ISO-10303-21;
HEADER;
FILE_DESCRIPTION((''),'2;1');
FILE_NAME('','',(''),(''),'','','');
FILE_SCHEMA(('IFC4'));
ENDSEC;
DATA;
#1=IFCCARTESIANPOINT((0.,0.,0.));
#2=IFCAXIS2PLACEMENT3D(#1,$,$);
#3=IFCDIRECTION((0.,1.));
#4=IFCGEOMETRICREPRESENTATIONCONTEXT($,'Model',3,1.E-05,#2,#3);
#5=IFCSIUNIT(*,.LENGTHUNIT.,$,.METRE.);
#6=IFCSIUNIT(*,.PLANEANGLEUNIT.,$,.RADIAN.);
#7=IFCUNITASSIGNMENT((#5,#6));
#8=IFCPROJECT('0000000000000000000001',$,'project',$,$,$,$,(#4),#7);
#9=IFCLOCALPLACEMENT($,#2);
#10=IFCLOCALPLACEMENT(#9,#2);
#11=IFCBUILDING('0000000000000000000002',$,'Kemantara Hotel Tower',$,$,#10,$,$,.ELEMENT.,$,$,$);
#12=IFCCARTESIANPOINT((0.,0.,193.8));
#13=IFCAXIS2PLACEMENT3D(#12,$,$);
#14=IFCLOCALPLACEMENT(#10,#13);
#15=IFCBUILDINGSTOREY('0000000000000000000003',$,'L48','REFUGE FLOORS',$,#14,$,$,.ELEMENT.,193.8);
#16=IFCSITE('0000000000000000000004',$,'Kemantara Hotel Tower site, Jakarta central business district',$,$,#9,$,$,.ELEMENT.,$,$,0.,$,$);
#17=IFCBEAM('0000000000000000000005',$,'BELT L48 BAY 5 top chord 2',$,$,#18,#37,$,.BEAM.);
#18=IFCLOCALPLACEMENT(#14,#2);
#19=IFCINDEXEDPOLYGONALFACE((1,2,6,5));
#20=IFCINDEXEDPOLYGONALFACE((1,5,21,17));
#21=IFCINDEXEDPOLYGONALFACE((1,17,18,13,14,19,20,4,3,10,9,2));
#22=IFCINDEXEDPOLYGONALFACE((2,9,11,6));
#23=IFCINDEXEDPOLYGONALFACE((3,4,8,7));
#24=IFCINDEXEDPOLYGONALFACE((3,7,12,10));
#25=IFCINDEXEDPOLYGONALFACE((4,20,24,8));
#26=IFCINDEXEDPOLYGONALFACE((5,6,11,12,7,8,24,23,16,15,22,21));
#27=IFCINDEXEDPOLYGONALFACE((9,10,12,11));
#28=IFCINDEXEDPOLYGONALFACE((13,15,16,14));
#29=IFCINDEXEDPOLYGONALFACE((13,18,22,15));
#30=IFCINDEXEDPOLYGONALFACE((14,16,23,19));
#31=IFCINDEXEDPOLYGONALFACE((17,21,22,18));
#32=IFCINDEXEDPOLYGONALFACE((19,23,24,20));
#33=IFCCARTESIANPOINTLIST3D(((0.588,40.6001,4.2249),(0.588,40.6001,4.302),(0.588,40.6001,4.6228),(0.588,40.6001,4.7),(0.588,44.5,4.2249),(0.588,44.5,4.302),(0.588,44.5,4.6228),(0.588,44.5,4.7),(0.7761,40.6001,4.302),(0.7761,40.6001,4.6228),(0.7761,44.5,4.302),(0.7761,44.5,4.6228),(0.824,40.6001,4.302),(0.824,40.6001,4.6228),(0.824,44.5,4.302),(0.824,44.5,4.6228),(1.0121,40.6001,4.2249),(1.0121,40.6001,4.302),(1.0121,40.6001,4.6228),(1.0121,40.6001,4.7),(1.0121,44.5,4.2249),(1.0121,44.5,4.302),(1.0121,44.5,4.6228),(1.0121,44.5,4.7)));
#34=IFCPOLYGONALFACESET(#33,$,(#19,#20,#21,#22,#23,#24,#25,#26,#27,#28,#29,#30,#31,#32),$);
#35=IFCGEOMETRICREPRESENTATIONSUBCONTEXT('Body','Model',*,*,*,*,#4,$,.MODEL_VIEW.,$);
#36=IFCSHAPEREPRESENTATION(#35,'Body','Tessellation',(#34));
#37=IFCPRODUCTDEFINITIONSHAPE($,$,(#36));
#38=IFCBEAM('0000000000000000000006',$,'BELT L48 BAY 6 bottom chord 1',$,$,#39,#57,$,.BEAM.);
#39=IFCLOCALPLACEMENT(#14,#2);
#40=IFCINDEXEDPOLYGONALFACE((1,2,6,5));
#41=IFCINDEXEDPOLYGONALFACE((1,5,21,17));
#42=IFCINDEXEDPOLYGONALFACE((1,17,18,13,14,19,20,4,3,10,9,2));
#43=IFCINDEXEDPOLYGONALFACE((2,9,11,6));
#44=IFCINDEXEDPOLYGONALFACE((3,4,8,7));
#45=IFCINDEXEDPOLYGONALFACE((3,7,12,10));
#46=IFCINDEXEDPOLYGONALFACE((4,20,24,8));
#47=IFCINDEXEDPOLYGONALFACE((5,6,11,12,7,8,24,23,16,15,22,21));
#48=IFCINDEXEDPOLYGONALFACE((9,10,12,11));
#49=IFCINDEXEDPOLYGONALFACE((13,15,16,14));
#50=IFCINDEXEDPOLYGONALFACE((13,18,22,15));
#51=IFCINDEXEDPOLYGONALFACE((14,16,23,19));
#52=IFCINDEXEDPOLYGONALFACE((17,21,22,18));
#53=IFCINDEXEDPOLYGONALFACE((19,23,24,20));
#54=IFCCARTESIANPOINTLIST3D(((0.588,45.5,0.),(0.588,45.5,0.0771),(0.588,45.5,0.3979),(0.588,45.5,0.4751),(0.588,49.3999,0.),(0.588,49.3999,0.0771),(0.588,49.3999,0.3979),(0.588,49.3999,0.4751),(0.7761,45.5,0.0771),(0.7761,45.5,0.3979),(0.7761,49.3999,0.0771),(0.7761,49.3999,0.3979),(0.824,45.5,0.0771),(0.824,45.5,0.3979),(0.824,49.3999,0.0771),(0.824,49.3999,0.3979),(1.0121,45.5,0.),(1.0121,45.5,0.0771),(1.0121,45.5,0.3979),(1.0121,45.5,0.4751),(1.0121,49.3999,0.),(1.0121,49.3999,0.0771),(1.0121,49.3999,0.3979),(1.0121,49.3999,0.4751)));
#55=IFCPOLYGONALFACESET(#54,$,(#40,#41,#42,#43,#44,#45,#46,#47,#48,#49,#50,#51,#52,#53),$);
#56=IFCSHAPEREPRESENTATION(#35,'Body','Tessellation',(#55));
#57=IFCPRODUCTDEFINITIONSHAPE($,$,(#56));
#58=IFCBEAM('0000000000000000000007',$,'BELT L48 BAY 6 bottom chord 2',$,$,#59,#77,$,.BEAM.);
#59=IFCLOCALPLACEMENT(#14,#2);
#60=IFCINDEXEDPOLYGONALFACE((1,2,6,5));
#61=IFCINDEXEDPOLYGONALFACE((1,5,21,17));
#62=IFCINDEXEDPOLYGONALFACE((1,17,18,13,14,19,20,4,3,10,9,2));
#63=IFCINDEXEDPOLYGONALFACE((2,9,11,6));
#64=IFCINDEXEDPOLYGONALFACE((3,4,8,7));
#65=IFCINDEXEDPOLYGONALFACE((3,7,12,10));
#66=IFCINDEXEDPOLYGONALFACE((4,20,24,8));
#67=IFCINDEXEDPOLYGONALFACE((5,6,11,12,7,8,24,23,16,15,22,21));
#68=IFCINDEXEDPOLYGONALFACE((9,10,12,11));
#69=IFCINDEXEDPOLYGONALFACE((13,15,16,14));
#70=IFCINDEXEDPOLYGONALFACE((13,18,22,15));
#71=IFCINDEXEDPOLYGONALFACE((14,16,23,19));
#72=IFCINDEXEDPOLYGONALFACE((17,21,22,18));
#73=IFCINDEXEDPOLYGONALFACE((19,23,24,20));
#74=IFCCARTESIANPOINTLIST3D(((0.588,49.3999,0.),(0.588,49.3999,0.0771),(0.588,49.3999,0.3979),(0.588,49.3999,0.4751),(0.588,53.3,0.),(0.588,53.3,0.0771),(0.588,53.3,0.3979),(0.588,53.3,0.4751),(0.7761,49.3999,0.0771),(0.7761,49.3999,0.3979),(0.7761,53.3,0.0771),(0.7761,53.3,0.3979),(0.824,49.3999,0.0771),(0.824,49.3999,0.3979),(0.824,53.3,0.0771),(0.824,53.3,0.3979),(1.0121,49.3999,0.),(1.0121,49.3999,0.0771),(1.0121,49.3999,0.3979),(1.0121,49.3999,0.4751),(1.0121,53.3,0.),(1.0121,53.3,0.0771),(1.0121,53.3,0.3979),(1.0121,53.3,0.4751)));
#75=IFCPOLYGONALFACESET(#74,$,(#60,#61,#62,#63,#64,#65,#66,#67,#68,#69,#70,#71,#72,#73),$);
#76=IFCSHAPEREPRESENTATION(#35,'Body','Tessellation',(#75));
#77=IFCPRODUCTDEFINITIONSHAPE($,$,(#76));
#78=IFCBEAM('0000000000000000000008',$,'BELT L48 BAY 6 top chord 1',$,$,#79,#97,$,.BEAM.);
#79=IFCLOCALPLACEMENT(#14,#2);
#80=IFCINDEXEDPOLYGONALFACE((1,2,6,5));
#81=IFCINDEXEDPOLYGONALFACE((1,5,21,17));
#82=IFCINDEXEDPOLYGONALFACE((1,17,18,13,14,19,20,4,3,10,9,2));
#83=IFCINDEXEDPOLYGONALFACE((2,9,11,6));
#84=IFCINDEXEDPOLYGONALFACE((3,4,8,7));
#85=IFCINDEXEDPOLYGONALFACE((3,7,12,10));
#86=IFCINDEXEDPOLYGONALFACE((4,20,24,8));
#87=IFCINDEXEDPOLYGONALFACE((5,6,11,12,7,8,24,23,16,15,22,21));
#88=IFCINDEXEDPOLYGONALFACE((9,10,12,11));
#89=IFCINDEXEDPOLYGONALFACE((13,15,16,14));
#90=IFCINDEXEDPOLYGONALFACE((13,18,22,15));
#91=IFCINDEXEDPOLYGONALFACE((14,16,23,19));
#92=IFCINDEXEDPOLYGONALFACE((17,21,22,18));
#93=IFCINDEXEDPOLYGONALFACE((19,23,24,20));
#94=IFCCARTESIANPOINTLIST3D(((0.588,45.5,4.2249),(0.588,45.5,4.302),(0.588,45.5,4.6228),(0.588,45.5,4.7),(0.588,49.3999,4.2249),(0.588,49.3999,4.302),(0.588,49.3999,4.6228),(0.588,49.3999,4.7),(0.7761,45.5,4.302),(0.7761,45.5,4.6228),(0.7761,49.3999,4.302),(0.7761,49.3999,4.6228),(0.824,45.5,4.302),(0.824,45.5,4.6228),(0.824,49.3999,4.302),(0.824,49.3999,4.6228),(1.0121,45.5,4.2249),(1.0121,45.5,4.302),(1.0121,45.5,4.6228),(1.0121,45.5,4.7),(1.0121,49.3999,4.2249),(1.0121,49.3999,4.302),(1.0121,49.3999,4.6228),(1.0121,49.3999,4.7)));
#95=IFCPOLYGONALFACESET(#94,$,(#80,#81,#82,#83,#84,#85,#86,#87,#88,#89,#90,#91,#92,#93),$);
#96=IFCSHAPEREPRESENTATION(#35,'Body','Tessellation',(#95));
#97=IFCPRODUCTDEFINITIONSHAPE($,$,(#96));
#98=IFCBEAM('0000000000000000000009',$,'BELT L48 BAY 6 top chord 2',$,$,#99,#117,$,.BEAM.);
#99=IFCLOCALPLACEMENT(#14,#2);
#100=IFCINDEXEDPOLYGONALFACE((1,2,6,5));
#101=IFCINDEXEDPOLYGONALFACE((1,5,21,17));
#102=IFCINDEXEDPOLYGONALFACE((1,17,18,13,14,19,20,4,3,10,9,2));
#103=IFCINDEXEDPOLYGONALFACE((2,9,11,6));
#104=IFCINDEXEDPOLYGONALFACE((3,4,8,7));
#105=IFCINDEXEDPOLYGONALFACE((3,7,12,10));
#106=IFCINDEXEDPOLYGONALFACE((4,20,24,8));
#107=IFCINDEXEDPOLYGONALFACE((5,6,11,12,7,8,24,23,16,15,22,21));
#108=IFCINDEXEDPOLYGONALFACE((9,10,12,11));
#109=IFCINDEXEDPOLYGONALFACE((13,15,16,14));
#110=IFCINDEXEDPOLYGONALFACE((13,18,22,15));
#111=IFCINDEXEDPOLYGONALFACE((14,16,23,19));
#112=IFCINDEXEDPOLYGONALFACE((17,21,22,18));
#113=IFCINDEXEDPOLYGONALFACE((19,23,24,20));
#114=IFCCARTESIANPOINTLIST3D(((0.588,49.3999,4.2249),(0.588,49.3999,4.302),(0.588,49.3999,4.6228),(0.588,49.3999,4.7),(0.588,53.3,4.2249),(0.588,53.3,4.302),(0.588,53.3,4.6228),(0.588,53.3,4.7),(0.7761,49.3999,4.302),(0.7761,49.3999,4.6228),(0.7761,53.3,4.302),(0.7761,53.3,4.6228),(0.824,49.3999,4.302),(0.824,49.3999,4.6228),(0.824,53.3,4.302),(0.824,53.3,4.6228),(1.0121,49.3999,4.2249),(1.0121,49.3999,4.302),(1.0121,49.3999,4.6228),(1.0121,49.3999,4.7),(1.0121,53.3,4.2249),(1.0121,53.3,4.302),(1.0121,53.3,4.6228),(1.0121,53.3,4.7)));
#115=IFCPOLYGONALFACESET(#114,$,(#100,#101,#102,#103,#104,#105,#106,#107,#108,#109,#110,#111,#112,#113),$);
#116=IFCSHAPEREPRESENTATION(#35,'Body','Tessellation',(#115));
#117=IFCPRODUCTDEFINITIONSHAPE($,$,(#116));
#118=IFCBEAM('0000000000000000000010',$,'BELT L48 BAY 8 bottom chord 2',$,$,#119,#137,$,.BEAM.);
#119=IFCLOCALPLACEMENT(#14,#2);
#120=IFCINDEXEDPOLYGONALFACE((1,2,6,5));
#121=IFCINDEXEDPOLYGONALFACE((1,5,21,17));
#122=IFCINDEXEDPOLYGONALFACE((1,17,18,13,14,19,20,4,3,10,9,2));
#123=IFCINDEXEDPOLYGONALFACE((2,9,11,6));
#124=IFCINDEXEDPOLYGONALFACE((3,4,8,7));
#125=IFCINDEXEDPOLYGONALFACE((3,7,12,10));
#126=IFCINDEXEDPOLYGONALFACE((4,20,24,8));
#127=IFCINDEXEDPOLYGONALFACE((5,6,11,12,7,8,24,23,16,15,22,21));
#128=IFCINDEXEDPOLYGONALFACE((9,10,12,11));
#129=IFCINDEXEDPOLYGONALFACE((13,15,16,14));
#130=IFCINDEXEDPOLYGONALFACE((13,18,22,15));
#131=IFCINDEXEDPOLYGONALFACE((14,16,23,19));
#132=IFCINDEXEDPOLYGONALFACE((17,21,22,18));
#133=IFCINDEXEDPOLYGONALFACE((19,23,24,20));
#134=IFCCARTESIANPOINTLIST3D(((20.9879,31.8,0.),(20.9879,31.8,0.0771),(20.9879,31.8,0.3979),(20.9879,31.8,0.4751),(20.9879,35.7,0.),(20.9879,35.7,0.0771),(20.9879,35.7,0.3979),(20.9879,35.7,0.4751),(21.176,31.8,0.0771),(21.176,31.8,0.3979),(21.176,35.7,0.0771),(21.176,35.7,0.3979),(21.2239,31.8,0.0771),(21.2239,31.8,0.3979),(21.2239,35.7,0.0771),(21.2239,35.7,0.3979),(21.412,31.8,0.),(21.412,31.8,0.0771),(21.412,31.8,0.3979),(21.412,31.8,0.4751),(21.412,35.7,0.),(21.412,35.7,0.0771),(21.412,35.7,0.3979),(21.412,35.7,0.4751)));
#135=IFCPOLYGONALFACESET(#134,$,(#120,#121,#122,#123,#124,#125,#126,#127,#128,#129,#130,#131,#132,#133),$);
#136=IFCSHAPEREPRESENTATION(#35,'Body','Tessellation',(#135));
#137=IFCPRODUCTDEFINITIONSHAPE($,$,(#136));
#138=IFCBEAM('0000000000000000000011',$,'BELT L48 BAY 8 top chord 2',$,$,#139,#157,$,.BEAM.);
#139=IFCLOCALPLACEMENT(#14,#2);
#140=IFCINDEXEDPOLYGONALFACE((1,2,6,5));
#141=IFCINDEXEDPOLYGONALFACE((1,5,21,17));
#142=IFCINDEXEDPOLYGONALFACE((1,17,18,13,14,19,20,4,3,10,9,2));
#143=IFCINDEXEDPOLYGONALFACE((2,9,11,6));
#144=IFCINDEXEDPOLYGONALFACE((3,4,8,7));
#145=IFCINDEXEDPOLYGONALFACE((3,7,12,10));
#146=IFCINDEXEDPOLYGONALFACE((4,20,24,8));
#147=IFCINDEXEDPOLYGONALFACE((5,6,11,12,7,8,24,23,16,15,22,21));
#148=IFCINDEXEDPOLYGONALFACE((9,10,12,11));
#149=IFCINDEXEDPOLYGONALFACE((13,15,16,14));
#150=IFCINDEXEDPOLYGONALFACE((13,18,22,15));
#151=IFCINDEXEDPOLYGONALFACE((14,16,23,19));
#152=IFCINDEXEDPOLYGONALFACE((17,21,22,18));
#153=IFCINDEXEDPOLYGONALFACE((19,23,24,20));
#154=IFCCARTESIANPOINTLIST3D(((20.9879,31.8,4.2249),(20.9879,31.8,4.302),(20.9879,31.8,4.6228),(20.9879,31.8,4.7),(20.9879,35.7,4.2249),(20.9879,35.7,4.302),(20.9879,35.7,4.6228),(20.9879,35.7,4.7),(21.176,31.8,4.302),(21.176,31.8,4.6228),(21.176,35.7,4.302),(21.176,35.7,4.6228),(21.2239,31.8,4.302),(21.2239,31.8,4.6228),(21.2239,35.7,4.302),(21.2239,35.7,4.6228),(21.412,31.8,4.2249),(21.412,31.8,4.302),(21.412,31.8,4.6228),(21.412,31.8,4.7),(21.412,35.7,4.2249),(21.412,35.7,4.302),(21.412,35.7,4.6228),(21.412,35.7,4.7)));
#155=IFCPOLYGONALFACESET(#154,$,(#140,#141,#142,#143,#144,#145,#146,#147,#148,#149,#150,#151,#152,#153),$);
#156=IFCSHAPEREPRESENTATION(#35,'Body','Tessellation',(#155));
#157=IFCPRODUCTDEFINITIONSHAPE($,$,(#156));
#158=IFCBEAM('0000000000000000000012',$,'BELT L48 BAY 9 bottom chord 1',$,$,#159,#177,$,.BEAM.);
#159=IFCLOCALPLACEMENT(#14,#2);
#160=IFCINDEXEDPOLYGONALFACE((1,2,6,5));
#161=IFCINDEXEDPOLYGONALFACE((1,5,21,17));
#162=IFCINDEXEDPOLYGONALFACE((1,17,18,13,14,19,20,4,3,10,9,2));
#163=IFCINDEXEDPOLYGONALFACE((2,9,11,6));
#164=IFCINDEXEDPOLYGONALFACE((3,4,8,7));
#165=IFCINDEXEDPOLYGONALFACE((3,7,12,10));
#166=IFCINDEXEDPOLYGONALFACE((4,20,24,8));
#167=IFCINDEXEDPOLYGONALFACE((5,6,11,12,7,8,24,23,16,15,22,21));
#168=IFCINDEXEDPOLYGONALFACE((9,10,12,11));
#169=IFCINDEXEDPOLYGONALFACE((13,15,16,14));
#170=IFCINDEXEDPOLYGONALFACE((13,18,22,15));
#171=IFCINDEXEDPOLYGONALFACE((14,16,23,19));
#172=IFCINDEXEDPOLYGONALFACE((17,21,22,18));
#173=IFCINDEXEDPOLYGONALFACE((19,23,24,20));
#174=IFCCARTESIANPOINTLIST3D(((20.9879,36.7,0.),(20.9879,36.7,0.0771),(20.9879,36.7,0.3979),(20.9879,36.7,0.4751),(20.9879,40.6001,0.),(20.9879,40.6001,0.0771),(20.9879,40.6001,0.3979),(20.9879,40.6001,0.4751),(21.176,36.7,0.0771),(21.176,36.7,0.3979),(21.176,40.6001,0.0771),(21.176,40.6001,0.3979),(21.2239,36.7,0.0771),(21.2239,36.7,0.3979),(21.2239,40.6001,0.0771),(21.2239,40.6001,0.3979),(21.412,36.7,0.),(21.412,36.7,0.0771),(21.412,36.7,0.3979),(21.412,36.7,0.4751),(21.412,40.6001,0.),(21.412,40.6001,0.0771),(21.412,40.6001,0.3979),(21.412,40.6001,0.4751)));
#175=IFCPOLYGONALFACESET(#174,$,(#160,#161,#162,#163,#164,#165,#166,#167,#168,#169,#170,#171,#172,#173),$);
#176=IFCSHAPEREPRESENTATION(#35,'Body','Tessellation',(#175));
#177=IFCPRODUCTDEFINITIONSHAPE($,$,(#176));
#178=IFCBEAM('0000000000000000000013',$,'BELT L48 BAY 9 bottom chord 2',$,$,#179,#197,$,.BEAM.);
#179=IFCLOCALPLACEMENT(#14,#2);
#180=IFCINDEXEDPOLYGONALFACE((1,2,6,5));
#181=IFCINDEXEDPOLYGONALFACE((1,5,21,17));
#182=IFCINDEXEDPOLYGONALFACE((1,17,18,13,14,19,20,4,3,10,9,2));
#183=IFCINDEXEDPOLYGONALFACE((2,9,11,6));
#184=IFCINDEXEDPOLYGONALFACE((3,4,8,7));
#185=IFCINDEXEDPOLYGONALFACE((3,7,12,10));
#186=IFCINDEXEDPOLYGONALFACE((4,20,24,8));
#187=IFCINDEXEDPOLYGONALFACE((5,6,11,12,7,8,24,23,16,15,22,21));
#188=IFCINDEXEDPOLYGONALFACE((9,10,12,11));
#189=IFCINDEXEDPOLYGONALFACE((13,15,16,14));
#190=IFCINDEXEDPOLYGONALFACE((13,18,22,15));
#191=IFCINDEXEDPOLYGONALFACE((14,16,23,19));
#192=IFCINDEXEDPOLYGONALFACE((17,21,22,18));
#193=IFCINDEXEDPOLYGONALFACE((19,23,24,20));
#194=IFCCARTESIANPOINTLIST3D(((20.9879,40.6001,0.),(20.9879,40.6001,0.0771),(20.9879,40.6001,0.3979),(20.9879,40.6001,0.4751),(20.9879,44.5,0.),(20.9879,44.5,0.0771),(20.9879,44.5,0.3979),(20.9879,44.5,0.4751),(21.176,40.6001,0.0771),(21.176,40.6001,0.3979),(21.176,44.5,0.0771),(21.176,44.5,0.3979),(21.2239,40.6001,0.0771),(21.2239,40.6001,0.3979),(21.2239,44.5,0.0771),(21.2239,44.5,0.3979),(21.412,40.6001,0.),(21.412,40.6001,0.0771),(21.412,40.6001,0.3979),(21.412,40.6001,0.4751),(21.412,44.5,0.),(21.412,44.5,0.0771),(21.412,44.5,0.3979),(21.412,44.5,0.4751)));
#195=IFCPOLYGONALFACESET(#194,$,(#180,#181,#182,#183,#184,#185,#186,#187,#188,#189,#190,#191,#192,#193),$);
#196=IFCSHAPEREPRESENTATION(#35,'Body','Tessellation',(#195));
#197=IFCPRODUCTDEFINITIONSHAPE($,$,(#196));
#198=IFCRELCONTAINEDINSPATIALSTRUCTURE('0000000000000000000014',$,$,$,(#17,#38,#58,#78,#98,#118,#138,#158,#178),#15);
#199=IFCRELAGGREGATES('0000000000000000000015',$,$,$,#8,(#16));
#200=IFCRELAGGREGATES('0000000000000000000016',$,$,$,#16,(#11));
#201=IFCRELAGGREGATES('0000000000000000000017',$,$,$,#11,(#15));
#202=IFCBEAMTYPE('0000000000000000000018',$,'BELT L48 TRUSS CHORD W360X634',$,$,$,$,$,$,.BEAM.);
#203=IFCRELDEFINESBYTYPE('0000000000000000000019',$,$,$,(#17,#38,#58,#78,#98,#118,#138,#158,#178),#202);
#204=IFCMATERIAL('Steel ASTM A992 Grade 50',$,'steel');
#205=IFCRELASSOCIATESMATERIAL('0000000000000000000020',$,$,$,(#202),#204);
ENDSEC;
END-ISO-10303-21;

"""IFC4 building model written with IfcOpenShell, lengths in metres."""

from ifc_helpers import new_model, si_unit, direction, frame, origin, origin_2d, place, context, subcontext, project, spatial, i_section, extrude, material, material_profile, profile_set, type_object, element, save


model = new_model("IFC4")

# Units and contexts
model_context = context("Model", 3, precision=1e-05, world=origin(), true_north=direction((0.0, 1.0)))
body_context = subcontext(model_context, "Body", "Model", "MODEL_VIEW")
ifc_project = project(units=[si_unit("LENGTHUNIT", "METRE"), si_unit("PLANEANGLEUNIT", "RADIAN")], contexts=[model_context])

# Site, building, storey
site_placement = place(None, origin())
site = spatial("IfcSite", under=ifc_project, at=site_placement, Name="Kemantara Hotel Tower site, Jakarta central business district", CompositionType="ELEMENT", RefElevation=0.0)
building_placement = place(site_placement, origin())
building = spatial("IfcBuilding", under=site, at=building_placement, Name="Kemantara Hotel Tower", CompositionType="ELEMENT")
storey_placement = place(building_placement, frame((0.0, 0.0, 193.8)))
storey = spatial("IfcBuildingStorey", under=building, at=storey_placement, Name="L48", Description="REFUGE FLOORS", CompositionType="ELEMENT", Elevation=193.8)

# Beams
ifc_material_1 = material(Name="Steel ASTM A992 Grade 50", Category="steel")
ifc_material_profile_1 = material_profile(ifc_material_1, i_section(OverallWidth=0.4241, OverallDepth=0.4751, WebThickness=0.0479, FlangeThickness=0.0771, at=origin_2d()), Name="W360X634")
ifc_profile_set_1 = profile_set([ifc_material_profile_1], Name="Steel ASTM A992 Grade 50")
beam_type = type_object("IfcBeamType", Name="BELT L48 TRUSS CHORD W360X634", PredefinedType="BEAM", material=ifc_profile_set_1)
for number, where, z_axis, x_axis, name in (
    (1, (0.8, 40.6001, 4.4624), (0.0, 1.0, 0.0), (-1.0, 0.0, 0.0), "BELT L48 BAY 5 top chord 2"),
    (2, (0.8, 45.5, 0.2375), (0.0, 1.0, 0.0), (-1.0, 0.0, 0.0), "BELT L48 BAY 6 bottom chord 1"),
):
    element("IfcBeam", number, at=place(storey_placement, frame(where, z_axis=z_axis, x_axis=x_axis)), inside=storey, type_object=beam_type, Name=name, PredefinedType="BEAM", context=body_context, shape_type="SweptSolid", body=[
        extrude(i_section(OverallWidth=0.4241, OverallDepth=0.4751, WebThickness=0.0479, FlangeThickness=0.0771, at=origin_2d()), origin(), (0.0, 0.0, 1.0), 3.8999),
    ])
beam_1_placement = place(storey_placement, frame((0.8, 49.3999, 0.2375), z_axis=(0.0, 1.0, 0.0), x_axis=(-1.0, 0.0, 0.0)))
element("IfcBeam", 3, at=beam_1_placement, inside=storey, type_object=beam_type, Name="BELT L48 BAY 6 bottom chord 2", PredefinedType="BEAM", context=body_context, shape_type="SweptSolid", body=[
    extrude(i_section(OverallWidth=0.4241, OverallDepth=0.4751, WebThickness=0.0479, FlangeThickness=0.0771, at=origin_2d()), origin(), (0.0, 0.0, 1.0), 3.9001),
])
beam_2_placement = place(storey_placement, frame((0.8, 45.5, 4.4624), z_axis=(0.0, 1.0, 0.0), x_axis=(-1.0, 0.0, 0.0)))
element("IfcBeam", 4, at=beam_2_placement, inside=storey, type_object=beam_type, Name="BELT L48 BAY 6 top chord 1", PredefinedType="BEAM", context=body_context, shape_type="SweptSolid", body=[
    extrude(i_section(OverallWidth=0.4241, OverallDepth=0.4751, WebThickness=0.0479, FlangeThickness=0.0771, at=origin_2d()), origin(), (0.0, 0.0, 1.0), 3.8999),
])
beam_3_placement = place(storey_placement, frame((0.8, 49.3999, 4.4624), z_axis=(0.0, 1.0, 0.0), x_axis=(-1.0, 0.0, 0.0)))
element("IfcBeam", 5, at=beam_3_placement, inside=storey, type_object=beam_type, Name="BELT L48 BAY 6 top chord 2", PredefinedType="BEAM", context=body_context, shape_type="SweptSolid", body=[
    extrude(i_section(OverallWidth=0.4241, OverallDepth=0.4751, WebThickness=0.0479, FlangeThickness=0.0771, at=origin_2d()), origin(), (0.0, 0.0, 1.0), 3.9001),
])
for number, where, z_axis, x_axis, name in (
    (6, (21.2, 31.8, 0.2375), (0.0, 1.0, 0.0), (-1.0, 0.0, 0.0), "BELT L48 BAY 8 bottom chord 2"),
    (7, (21.2, 31.8, 4.4624), (0.0, 1.0, 0.0), (-1.0, 0.0, 0.0), "BELT L48 BAY 8 top chord 2"),
):
    element("IfcBeam", number, at=place(storey_placement, frame(where, z_axis=z_axis, x_axis=x_axis)), inside=storey, type_object=beam_type, Name=name, PredefinedType="BEAM", context=body_context, shape_type="SweptSolid", body=[
        extrude(i_section(OverallWidth=0.4241, OverallDepth=0.4751, WebThickness=0.0479, FlangeThickness=0.0771, at=origin_2d()), origin(), (0.0, 0.0, 1.0), 3.8999),
    ])
beam_4_placement = place(storey_placement, frame((21.2, 36.7, 0.2375), z_axis=(0.0, 1.0, 0.0), x_axis=(-1.0, 0.0, 0.0)))
element("IfcBeam", 8, at=beam_4_placement, inside=storey, type_object=beam_type, Name="BELT L48 BAY 9 bottom chord 1", PredefinedType="BEAM", context=body_context, shape_type="SweptSolid", body=[
    extrude(i_section(OverallWidth=0.4241, OverallDepth=0.4751, WebThickness=0.0479, FlangeThickness=0.0771, at=origin_2d()), origin(), (0.0, 0.0, 1.0), 3.9001),
])
beam_5_placement = place(storey_placement, frame((21.2, 40.6001, 0.2375), z_axis=(0.0, 1.0, 0.0), x_axis=(-1.0, 0.0, 0.0)))
element("IfcBeam", 9, at=beam_5_placement, inside=storey, type_object=beam_type, Name="BELT L48 BAY 9 bottom chord 2", PredefinedType="BEAM", context=body_context, shape_type="SweptSolid", body=[
    extrude(i_section(OverallWidth=0.4241, OverallDepth=0.4751, WebThickness=0.0479, FlangeThickness=0.0771, at=origin_2d()), origin(), (0.0, 0.0, 1.0), 3.8999),
])

save(model, "model.ifc")
